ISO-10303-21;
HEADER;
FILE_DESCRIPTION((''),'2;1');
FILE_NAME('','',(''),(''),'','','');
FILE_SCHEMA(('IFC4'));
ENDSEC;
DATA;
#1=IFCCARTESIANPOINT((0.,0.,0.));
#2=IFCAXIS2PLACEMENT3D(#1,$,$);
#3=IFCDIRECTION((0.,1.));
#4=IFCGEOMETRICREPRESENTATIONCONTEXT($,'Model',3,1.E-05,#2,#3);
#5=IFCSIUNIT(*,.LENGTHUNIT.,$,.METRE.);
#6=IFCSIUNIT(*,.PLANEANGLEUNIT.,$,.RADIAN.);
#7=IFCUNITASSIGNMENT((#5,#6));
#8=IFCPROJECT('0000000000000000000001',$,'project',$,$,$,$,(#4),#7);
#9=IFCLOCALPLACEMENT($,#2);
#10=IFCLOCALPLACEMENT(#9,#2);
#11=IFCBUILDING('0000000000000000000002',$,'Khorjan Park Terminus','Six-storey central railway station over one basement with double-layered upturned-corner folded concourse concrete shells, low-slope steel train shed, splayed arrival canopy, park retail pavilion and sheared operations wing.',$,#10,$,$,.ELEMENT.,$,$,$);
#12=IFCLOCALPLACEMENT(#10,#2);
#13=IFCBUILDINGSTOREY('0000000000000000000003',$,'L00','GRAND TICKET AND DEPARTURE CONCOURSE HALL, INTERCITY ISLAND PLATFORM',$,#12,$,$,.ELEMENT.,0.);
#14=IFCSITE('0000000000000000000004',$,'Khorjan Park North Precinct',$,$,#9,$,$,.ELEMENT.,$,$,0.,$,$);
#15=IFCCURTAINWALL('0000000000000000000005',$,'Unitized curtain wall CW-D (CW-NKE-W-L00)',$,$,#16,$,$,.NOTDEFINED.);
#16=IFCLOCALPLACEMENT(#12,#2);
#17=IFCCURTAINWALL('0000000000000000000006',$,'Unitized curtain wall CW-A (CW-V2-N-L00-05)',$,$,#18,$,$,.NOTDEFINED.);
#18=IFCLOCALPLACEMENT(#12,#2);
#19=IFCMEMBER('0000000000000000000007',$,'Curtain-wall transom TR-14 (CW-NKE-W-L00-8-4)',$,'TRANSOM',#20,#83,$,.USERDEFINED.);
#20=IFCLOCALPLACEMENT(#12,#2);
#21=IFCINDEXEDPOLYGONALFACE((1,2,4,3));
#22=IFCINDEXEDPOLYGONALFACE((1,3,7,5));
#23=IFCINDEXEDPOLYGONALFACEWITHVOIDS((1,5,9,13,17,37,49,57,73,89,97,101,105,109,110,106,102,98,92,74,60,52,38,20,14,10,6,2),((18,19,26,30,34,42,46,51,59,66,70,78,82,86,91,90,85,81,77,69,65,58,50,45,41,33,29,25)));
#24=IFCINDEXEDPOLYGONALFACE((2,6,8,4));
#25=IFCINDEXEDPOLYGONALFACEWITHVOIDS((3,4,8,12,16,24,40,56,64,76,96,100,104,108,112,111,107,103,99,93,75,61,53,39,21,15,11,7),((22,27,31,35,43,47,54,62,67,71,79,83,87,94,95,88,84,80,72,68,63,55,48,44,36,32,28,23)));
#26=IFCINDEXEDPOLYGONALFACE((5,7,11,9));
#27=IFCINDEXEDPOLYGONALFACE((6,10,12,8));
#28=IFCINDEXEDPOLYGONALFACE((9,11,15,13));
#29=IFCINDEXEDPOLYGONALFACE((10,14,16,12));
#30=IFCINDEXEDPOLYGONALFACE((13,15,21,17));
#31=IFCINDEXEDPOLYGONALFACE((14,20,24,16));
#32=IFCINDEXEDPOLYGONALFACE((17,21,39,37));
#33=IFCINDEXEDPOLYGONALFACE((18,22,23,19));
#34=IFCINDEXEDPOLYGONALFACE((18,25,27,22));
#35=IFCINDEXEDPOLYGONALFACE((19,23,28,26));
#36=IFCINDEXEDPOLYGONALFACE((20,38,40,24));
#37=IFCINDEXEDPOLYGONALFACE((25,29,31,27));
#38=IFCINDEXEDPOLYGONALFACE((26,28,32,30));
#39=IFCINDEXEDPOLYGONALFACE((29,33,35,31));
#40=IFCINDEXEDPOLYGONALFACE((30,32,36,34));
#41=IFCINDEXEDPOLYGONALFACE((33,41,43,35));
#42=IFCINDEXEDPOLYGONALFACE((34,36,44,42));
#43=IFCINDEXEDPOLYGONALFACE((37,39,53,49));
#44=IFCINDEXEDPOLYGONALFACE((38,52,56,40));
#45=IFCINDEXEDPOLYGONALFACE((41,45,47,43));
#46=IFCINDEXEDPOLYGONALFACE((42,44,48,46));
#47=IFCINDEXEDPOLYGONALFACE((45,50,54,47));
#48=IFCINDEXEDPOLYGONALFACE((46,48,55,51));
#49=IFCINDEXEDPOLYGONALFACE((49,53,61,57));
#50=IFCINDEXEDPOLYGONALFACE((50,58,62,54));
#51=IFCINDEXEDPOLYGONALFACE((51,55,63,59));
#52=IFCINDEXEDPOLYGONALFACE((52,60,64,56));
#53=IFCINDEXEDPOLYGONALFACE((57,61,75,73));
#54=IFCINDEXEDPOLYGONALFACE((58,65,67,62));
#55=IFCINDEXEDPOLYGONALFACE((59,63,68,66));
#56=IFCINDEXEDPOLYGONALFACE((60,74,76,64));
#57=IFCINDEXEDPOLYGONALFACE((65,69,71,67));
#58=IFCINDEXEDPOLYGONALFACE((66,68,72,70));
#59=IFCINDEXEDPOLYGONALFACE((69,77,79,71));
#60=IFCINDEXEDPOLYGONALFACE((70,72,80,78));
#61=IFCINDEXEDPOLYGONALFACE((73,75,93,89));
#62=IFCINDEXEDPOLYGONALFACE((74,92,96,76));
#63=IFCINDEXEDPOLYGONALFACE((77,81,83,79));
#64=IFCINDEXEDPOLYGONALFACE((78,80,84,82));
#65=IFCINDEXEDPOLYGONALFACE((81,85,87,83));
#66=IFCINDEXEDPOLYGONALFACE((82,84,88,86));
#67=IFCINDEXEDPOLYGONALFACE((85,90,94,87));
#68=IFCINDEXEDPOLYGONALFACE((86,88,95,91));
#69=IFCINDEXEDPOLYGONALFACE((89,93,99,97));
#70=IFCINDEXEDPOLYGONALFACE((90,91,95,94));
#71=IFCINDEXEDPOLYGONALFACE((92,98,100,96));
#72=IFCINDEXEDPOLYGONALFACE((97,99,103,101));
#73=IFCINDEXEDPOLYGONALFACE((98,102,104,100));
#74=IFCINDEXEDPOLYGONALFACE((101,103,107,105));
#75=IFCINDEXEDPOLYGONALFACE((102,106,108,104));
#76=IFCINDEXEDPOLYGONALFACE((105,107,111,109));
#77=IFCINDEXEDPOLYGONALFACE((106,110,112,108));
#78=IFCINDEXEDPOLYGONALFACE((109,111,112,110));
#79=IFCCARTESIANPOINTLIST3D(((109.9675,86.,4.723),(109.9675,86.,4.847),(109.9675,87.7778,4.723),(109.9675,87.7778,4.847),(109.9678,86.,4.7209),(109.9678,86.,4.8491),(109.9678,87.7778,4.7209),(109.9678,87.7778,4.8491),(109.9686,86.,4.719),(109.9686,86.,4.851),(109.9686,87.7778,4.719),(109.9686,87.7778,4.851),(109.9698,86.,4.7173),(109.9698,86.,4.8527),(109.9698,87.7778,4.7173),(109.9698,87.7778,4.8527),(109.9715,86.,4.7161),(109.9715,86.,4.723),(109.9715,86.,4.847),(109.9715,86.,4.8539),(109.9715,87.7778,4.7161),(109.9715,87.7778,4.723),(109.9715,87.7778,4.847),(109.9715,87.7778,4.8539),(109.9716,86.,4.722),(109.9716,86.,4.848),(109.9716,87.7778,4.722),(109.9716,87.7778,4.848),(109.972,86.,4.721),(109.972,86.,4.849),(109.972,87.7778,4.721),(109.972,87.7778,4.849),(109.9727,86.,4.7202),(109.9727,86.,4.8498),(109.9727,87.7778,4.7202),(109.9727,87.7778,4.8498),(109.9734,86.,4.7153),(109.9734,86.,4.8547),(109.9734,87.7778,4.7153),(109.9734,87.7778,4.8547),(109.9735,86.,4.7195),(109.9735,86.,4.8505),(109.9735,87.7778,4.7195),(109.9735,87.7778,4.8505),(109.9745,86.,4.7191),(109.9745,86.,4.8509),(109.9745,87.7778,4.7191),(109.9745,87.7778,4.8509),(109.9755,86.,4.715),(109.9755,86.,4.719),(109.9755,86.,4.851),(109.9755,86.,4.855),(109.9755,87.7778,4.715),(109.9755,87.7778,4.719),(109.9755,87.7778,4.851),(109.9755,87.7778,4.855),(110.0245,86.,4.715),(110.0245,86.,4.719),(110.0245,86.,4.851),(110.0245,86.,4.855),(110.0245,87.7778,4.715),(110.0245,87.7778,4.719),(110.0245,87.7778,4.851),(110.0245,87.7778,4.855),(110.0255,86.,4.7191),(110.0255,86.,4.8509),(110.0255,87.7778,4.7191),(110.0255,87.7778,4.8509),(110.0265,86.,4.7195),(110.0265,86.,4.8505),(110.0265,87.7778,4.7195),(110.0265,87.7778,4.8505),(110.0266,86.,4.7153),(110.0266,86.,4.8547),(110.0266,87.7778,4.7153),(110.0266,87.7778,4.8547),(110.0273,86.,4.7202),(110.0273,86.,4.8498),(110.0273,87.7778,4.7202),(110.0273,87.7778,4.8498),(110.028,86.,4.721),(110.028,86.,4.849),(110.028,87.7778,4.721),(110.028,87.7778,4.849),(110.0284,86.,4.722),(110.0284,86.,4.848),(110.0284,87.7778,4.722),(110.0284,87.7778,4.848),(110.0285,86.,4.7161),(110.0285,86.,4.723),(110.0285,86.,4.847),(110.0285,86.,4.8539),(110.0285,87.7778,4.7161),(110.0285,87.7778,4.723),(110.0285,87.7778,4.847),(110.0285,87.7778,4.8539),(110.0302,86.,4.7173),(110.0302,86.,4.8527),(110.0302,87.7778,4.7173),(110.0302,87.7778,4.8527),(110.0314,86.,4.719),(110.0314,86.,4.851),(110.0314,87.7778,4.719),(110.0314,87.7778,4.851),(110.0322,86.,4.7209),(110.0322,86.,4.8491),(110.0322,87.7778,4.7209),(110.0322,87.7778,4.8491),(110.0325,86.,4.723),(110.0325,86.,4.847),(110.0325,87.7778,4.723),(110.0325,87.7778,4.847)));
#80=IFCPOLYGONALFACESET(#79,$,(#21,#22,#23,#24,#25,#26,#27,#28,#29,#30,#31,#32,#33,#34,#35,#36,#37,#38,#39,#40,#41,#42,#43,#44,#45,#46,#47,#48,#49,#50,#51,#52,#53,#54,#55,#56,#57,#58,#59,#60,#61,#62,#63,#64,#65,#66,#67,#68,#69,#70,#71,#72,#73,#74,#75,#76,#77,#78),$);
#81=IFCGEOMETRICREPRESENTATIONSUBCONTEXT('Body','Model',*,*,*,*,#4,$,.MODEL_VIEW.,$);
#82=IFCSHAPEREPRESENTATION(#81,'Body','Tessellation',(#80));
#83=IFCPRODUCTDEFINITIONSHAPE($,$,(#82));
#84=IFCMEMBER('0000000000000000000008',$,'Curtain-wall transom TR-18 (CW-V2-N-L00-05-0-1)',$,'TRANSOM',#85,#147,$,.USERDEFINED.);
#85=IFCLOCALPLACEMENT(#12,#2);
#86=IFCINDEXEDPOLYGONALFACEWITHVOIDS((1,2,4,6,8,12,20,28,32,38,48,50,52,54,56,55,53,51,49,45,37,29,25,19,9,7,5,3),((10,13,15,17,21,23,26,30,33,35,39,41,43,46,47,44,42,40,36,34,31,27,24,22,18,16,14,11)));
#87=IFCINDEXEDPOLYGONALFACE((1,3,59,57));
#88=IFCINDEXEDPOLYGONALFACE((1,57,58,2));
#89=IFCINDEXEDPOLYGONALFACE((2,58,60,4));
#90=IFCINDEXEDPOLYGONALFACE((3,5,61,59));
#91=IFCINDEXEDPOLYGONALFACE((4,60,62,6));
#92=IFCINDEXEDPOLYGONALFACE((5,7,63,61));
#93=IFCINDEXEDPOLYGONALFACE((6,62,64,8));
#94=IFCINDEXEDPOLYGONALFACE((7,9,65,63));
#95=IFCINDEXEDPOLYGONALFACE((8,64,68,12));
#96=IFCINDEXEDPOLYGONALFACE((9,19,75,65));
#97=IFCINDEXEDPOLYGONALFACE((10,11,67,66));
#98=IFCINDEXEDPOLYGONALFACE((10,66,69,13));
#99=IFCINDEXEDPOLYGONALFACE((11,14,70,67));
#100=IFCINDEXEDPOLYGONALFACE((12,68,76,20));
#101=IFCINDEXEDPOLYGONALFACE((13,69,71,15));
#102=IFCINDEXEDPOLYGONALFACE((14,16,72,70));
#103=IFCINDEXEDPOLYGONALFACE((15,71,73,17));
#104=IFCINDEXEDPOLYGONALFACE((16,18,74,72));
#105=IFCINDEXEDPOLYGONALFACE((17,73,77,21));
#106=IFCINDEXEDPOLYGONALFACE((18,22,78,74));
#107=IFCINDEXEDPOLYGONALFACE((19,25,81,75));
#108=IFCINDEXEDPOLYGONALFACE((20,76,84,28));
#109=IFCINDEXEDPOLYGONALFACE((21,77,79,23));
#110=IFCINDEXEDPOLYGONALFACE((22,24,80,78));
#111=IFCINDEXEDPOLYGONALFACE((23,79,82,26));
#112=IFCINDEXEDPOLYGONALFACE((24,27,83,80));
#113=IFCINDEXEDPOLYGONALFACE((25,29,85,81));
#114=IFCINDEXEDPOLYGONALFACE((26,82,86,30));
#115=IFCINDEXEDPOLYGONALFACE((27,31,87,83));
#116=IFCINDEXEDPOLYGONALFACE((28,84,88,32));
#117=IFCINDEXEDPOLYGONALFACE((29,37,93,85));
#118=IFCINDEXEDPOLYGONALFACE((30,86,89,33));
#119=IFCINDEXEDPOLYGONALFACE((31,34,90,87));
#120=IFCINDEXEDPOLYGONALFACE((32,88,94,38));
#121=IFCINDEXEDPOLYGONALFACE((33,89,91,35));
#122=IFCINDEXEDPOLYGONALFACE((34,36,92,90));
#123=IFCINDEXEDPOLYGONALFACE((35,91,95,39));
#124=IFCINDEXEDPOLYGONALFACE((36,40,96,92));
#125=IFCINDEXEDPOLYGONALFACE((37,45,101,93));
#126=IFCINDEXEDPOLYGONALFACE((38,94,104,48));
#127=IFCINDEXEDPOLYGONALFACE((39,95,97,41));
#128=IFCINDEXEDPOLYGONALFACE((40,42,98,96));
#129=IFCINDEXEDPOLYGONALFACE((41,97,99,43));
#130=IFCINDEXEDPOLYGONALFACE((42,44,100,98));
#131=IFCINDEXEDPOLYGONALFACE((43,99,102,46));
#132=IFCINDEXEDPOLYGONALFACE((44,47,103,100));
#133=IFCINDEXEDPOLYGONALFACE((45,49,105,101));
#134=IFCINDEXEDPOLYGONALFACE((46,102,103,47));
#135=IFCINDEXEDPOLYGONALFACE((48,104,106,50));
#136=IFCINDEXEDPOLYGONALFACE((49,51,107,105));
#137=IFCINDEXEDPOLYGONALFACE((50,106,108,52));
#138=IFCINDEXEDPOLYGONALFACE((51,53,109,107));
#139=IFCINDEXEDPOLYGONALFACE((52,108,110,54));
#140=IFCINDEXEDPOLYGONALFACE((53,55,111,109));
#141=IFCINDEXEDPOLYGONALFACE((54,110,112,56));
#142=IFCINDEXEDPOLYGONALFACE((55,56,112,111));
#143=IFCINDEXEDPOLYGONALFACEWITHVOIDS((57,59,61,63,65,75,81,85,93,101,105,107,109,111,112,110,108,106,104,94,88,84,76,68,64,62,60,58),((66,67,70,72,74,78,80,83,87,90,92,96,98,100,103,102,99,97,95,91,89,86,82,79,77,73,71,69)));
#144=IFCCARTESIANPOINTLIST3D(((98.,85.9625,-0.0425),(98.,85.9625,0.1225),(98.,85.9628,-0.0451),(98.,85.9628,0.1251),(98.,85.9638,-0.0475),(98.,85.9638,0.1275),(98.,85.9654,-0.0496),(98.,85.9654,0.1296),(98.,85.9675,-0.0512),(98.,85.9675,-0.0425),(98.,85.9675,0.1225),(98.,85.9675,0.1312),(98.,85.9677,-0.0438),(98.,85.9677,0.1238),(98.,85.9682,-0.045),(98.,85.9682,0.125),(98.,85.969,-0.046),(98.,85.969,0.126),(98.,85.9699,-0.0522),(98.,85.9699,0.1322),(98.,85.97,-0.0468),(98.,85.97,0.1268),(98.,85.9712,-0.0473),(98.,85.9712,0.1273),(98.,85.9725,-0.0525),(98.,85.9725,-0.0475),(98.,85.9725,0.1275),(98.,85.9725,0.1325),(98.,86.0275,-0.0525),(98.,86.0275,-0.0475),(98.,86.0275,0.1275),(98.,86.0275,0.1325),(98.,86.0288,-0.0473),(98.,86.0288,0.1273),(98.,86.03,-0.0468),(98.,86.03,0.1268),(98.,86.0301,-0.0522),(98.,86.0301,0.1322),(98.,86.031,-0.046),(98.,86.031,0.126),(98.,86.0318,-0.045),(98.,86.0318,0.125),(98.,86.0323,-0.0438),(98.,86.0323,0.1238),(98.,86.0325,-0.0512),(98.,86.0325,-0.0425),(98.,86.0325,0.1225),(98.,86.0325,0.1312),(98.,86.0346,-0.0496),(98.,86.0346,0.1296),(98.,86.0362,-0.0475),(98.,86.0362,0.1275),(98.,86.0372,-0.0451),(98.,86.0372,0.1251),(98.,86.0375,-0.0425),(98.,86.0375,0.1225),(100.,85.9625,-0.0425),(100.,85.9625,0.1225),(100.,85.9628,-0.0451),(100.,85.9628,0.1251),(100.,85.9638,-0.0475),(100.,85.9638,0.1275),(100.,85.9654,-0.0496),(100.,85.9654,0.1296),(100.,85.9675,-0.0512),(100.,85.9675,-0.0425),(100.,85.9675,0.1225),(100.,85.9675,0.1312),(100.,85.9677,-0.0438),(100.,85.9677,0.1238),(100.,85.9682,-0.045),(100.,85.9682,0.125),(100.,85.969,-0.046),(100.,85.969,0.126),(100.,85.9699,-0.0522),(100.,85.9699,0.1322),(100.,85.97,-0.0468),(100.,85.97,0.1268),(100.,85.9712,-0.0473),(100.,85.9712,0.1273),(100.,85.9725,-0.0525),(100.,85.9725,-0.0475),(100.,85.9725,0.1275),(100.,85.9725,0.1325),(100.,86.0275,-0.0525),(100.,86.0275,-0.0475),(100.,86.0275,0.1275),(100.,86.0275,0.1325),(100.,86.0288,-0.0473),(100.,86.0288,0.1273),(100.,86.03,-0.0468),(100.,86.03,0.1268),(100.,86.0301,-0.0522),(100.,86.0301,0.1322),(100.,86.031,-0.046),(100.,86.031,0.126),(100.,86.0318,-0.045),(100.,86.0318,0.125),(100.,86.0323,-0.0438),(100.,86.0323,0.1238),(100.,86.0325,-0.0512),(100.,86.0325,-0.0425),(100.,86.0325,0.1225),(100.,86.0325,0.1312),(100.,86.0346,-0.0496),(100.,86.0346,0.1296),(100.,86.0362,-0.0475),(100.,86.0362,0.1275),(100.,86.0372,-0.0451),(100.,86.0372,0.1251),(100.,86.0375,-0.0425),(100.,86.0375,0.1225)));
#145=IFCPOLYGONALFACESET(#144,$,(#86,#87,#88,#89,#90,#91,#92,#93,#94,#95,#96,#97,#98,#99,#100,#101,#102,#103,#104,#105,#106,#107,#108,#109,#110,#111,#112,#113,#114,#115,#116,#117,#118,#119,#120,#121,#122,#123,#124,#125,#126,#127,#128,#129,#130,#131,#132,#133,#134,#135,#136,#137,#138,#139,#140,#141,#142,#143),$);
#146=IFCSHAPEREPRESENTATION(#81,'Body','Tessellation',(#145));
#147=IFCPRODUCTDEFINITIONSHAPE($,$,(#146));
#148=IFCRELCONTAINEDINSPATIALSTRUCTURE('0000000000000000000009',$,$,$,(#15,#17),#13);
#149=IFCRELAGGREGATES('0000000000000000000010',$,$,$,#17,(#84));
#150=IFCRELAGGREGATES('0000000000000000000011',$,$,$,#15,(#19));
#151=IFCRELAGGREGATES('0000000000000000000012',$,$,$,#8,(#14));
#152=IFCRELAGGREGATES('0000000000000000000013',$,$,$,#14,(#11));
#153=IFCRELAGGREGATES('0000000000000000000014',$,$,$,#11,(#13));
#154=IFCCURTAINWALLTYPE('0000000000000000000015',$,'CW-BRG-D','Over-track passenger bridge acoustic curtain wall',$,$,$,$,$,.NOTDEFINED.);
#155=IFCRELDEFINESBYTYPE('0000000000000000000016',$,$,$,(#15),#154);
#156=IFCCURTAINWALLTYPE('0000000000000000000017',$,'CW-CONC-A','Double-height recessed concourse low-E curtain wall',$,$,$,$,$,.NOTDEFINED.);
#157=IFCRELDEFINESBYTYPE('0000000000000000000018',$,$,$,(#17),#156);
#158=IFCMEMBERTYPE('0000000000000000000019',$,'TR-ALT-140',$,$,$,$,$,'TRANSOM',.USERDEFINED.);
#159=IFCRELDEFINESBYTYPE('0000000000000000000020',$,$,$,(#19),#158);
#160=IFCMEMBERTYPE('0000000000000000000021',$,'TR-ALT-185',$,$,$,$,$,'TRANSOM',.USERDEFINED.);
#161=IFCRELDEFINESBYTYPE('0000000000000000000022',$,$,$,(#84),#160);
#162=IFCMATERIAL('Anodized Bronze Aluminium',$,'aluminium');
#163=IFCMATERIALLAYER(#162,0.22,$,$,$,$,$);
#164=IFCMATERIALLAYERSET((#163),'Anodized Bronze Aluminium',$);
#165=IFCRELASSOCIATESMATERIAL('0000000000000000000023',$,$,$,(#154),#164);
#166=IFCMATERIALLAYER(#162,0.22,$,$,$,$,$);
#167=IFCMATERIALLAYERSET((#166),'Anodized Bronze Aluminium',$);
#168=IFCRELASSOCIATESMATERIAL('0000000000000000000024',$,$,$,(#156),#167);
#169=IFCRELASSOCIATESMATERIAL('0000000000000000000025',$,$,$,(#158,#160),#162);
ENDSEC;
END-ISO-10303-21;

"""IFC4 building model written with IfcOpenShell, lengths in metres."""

from ifc_helpers import new_model, si_unit, direction, frame, origin, origin_2d, place, context, subcontext, project, spatial, hollow_rectangle, extrude, material, layer, layer_set, material_profile, profile_set, type_object, element, aggregate, save


model = new_model("IFC4")

# Units and contexts
model_context = context("Model", 3, precision=1e-05, world=origin(), true_north=direction((0.0, 1.0)))
body_context = subcontext(model_context, "Body", "Model", "MODEL_VIEW")
ifc_project = project(units=[si_unit("LENGTHUNIT", "METRE"), si_unit("PLANEANGLEUNIT", "RADIAN")], contexts=[model_context])

# Site, building, storey
site_placement = place(None, origin())
site = spatial("IfcSite", under=ifc_project, at=site_placement, Name="Khorjan Park North Precinct", CompositionType="ELEMENT", RefElevation=0.0)
building_placement = place(site_placement, origin())
building = spatial("IfcBuilding", under=site, at=building_placement, Name="Khorjan Park Terminus", Description="Six-storey central railway station over one basement with double-layered upturned-corner folded concourse concrete shells, low-slope steel train shed, splayed arrival canopy, park retail pavilion and sheared operations wing.", CompositionType="ELEMENT")
storey_placement = place(building_placement, origin())
storey = spatial("IfcBuildingStorey", under=building, at=storey_placement, Name="L00", Description="GRAND TICKET AND DEPARTURE CONCOURSE HALL, INTERCITY ISLAND PLATFORM", CompositionType="ELEMENT", Elevation=0.0)

# Curtain wall
ifc_material_1 = material(Name="Anodized Bronze Aluminium", Category="aluminium")
ifc_layer_1 = layer(ifc_material_1, 0.22)
ifc_layer_set_1 = layer_set([ifc_layer_1], Name="Anodized Bronze Aluminium")
curtain_wall_type_1 = type_object("IfcCurtainWallType", Name="CW-BRG-D", Description="Over-track passenger bridge acoustic curtain wall", PredefinedType="NOTDEFINED", material=ifc_layer_set_1)
curtain_wall_1_placement = place(storey_placement, origin())
curtain_wall_1 = element("IfcCurtainWall", 1, at=curtain_wall_1_placement, inside=storey, type_object=curtain_wall_type_1, Name="Unitized curtain wall CW-D (CW-NKE-W-L00)", PredefinedType="NOTDEFINED")

# Curtain wall
ifc_layer_2 = layer(ifc_material_1, 0.22)
ifc_layer_set_2 = layer_set([ifc_layer_2], Name="Anodized Bronze Aluminium")
curtain_wall_type_2 = type_object("IfcCurtainWallType", Name="CW-CONC-A", Description="Double-height recessed concourse low-E curtain wall", PredefinedType="NOTDEFINED", material=ifc_layer_set_2)
curtain_wall_2_placement = place(storey_placement, origin())
curtain_wall_2 = element("IfcCurtainWall", 2, at=curtain_wall_2_placement, inside=storey, type_object=curtain_wall_type_2, Name="Unitized curtain wall CW-A (CW-V2-N-L00-05)", PredefinedType="NOTDEFINED")

# Members
ifc_material_profile_1 = material_profile(ifc_material_1, hollow_rectangle(XDim=0.065, YDim=0.14, WallThickness=0.004, InnerFilletRadius=0.004, OuterFilletRadius=0.008, at=origin_2d()), Name="ALT 65x140x4")
ifc_profile_set_1 = profile_set([ifc_material_profile_1], Name="Anodized Bronze Aluminium")
member_type_1 = type_object("IfcMemberType", Name="TR-ALT-140", ElementType="TRANSOM", PredefinedType="USERDEFINED", material=ifc_profile_set_1)
member_1_placement = place(storey_placement, frame((110.0, 87.7778, 4.785), z_axis=(0.0, -1.0, 0.0), x_axis=(1.0, 0.0, 0.0)))
member_1 = element("IfcMember", 3, at=member_1_placement, type_object=member_type_1, Name="Curtain-wall transom TR-14 (CW-NKE-W-L00-8-4)", ObjectType="TRANSOM", PredefinedType="USERDEFINED", context=body_context, shape_type="SweptSolid", body=[
    extrude(hollow_rectangle(XDim=0.065, YDim=0.14, WallThickness=0.004, InnerFilletRadius=0.004, OuterFilletRadius=0.008, at=origin_2d()), origin(), (0.0, 0.0, 1.0), 1.7778),
])
ifc_material_profile_2 = material_profile(ifc_material_1, hollow_rectangle(XDim=0.075, YDim=0.185, WallThickness=0.005, InnerFilletRadius=0.005, OuterFilletRadius=0.01, at=origin_2d()), Name="ALT 75x185x5")
ifc_profile_set_2 = profile_set([ifc_material_profile_2], Name="Anodized Bronze Aluminium")
member_type_2 = type_object("IfcMemberType", Name="TR-ALT-185", ElementType="TRANSOM", PredefinedType="USERDEFINED", material=ifc_profile_set_2)
member_2_placement = place(storey_placement, frame((100.0, 86.0, 0.04), z_axis=(-1.0, 0.0, 0.0), x_axis=(0.0, -1.0, 0.0)))
member_2 = element("IfcMember", 4, at=member_2_placement, type_object=member_type_2, Name="Curtain-wall transom TR-18 (CW-V2-N-L00-05-0-1)", ObjectType="TRANSOM", PredefinedType="USERDEFINED", context=body_context, shape_type="SweptSolid", body=[
    extrude(hollow_rectangle(XDim=0.075, YDim=0.185, WallThickness=0.005, InnerFilletRadius=0.005, OuterFilletRadius=0.01, at=origin_2d()), origin(), (0.0, 0.0, 1.0), 2.0),
])

aggregate(curtain_wall_2, [member_2])
aggregate(curtain_wall_1, [member_1])

save(model, "model.ifc")
